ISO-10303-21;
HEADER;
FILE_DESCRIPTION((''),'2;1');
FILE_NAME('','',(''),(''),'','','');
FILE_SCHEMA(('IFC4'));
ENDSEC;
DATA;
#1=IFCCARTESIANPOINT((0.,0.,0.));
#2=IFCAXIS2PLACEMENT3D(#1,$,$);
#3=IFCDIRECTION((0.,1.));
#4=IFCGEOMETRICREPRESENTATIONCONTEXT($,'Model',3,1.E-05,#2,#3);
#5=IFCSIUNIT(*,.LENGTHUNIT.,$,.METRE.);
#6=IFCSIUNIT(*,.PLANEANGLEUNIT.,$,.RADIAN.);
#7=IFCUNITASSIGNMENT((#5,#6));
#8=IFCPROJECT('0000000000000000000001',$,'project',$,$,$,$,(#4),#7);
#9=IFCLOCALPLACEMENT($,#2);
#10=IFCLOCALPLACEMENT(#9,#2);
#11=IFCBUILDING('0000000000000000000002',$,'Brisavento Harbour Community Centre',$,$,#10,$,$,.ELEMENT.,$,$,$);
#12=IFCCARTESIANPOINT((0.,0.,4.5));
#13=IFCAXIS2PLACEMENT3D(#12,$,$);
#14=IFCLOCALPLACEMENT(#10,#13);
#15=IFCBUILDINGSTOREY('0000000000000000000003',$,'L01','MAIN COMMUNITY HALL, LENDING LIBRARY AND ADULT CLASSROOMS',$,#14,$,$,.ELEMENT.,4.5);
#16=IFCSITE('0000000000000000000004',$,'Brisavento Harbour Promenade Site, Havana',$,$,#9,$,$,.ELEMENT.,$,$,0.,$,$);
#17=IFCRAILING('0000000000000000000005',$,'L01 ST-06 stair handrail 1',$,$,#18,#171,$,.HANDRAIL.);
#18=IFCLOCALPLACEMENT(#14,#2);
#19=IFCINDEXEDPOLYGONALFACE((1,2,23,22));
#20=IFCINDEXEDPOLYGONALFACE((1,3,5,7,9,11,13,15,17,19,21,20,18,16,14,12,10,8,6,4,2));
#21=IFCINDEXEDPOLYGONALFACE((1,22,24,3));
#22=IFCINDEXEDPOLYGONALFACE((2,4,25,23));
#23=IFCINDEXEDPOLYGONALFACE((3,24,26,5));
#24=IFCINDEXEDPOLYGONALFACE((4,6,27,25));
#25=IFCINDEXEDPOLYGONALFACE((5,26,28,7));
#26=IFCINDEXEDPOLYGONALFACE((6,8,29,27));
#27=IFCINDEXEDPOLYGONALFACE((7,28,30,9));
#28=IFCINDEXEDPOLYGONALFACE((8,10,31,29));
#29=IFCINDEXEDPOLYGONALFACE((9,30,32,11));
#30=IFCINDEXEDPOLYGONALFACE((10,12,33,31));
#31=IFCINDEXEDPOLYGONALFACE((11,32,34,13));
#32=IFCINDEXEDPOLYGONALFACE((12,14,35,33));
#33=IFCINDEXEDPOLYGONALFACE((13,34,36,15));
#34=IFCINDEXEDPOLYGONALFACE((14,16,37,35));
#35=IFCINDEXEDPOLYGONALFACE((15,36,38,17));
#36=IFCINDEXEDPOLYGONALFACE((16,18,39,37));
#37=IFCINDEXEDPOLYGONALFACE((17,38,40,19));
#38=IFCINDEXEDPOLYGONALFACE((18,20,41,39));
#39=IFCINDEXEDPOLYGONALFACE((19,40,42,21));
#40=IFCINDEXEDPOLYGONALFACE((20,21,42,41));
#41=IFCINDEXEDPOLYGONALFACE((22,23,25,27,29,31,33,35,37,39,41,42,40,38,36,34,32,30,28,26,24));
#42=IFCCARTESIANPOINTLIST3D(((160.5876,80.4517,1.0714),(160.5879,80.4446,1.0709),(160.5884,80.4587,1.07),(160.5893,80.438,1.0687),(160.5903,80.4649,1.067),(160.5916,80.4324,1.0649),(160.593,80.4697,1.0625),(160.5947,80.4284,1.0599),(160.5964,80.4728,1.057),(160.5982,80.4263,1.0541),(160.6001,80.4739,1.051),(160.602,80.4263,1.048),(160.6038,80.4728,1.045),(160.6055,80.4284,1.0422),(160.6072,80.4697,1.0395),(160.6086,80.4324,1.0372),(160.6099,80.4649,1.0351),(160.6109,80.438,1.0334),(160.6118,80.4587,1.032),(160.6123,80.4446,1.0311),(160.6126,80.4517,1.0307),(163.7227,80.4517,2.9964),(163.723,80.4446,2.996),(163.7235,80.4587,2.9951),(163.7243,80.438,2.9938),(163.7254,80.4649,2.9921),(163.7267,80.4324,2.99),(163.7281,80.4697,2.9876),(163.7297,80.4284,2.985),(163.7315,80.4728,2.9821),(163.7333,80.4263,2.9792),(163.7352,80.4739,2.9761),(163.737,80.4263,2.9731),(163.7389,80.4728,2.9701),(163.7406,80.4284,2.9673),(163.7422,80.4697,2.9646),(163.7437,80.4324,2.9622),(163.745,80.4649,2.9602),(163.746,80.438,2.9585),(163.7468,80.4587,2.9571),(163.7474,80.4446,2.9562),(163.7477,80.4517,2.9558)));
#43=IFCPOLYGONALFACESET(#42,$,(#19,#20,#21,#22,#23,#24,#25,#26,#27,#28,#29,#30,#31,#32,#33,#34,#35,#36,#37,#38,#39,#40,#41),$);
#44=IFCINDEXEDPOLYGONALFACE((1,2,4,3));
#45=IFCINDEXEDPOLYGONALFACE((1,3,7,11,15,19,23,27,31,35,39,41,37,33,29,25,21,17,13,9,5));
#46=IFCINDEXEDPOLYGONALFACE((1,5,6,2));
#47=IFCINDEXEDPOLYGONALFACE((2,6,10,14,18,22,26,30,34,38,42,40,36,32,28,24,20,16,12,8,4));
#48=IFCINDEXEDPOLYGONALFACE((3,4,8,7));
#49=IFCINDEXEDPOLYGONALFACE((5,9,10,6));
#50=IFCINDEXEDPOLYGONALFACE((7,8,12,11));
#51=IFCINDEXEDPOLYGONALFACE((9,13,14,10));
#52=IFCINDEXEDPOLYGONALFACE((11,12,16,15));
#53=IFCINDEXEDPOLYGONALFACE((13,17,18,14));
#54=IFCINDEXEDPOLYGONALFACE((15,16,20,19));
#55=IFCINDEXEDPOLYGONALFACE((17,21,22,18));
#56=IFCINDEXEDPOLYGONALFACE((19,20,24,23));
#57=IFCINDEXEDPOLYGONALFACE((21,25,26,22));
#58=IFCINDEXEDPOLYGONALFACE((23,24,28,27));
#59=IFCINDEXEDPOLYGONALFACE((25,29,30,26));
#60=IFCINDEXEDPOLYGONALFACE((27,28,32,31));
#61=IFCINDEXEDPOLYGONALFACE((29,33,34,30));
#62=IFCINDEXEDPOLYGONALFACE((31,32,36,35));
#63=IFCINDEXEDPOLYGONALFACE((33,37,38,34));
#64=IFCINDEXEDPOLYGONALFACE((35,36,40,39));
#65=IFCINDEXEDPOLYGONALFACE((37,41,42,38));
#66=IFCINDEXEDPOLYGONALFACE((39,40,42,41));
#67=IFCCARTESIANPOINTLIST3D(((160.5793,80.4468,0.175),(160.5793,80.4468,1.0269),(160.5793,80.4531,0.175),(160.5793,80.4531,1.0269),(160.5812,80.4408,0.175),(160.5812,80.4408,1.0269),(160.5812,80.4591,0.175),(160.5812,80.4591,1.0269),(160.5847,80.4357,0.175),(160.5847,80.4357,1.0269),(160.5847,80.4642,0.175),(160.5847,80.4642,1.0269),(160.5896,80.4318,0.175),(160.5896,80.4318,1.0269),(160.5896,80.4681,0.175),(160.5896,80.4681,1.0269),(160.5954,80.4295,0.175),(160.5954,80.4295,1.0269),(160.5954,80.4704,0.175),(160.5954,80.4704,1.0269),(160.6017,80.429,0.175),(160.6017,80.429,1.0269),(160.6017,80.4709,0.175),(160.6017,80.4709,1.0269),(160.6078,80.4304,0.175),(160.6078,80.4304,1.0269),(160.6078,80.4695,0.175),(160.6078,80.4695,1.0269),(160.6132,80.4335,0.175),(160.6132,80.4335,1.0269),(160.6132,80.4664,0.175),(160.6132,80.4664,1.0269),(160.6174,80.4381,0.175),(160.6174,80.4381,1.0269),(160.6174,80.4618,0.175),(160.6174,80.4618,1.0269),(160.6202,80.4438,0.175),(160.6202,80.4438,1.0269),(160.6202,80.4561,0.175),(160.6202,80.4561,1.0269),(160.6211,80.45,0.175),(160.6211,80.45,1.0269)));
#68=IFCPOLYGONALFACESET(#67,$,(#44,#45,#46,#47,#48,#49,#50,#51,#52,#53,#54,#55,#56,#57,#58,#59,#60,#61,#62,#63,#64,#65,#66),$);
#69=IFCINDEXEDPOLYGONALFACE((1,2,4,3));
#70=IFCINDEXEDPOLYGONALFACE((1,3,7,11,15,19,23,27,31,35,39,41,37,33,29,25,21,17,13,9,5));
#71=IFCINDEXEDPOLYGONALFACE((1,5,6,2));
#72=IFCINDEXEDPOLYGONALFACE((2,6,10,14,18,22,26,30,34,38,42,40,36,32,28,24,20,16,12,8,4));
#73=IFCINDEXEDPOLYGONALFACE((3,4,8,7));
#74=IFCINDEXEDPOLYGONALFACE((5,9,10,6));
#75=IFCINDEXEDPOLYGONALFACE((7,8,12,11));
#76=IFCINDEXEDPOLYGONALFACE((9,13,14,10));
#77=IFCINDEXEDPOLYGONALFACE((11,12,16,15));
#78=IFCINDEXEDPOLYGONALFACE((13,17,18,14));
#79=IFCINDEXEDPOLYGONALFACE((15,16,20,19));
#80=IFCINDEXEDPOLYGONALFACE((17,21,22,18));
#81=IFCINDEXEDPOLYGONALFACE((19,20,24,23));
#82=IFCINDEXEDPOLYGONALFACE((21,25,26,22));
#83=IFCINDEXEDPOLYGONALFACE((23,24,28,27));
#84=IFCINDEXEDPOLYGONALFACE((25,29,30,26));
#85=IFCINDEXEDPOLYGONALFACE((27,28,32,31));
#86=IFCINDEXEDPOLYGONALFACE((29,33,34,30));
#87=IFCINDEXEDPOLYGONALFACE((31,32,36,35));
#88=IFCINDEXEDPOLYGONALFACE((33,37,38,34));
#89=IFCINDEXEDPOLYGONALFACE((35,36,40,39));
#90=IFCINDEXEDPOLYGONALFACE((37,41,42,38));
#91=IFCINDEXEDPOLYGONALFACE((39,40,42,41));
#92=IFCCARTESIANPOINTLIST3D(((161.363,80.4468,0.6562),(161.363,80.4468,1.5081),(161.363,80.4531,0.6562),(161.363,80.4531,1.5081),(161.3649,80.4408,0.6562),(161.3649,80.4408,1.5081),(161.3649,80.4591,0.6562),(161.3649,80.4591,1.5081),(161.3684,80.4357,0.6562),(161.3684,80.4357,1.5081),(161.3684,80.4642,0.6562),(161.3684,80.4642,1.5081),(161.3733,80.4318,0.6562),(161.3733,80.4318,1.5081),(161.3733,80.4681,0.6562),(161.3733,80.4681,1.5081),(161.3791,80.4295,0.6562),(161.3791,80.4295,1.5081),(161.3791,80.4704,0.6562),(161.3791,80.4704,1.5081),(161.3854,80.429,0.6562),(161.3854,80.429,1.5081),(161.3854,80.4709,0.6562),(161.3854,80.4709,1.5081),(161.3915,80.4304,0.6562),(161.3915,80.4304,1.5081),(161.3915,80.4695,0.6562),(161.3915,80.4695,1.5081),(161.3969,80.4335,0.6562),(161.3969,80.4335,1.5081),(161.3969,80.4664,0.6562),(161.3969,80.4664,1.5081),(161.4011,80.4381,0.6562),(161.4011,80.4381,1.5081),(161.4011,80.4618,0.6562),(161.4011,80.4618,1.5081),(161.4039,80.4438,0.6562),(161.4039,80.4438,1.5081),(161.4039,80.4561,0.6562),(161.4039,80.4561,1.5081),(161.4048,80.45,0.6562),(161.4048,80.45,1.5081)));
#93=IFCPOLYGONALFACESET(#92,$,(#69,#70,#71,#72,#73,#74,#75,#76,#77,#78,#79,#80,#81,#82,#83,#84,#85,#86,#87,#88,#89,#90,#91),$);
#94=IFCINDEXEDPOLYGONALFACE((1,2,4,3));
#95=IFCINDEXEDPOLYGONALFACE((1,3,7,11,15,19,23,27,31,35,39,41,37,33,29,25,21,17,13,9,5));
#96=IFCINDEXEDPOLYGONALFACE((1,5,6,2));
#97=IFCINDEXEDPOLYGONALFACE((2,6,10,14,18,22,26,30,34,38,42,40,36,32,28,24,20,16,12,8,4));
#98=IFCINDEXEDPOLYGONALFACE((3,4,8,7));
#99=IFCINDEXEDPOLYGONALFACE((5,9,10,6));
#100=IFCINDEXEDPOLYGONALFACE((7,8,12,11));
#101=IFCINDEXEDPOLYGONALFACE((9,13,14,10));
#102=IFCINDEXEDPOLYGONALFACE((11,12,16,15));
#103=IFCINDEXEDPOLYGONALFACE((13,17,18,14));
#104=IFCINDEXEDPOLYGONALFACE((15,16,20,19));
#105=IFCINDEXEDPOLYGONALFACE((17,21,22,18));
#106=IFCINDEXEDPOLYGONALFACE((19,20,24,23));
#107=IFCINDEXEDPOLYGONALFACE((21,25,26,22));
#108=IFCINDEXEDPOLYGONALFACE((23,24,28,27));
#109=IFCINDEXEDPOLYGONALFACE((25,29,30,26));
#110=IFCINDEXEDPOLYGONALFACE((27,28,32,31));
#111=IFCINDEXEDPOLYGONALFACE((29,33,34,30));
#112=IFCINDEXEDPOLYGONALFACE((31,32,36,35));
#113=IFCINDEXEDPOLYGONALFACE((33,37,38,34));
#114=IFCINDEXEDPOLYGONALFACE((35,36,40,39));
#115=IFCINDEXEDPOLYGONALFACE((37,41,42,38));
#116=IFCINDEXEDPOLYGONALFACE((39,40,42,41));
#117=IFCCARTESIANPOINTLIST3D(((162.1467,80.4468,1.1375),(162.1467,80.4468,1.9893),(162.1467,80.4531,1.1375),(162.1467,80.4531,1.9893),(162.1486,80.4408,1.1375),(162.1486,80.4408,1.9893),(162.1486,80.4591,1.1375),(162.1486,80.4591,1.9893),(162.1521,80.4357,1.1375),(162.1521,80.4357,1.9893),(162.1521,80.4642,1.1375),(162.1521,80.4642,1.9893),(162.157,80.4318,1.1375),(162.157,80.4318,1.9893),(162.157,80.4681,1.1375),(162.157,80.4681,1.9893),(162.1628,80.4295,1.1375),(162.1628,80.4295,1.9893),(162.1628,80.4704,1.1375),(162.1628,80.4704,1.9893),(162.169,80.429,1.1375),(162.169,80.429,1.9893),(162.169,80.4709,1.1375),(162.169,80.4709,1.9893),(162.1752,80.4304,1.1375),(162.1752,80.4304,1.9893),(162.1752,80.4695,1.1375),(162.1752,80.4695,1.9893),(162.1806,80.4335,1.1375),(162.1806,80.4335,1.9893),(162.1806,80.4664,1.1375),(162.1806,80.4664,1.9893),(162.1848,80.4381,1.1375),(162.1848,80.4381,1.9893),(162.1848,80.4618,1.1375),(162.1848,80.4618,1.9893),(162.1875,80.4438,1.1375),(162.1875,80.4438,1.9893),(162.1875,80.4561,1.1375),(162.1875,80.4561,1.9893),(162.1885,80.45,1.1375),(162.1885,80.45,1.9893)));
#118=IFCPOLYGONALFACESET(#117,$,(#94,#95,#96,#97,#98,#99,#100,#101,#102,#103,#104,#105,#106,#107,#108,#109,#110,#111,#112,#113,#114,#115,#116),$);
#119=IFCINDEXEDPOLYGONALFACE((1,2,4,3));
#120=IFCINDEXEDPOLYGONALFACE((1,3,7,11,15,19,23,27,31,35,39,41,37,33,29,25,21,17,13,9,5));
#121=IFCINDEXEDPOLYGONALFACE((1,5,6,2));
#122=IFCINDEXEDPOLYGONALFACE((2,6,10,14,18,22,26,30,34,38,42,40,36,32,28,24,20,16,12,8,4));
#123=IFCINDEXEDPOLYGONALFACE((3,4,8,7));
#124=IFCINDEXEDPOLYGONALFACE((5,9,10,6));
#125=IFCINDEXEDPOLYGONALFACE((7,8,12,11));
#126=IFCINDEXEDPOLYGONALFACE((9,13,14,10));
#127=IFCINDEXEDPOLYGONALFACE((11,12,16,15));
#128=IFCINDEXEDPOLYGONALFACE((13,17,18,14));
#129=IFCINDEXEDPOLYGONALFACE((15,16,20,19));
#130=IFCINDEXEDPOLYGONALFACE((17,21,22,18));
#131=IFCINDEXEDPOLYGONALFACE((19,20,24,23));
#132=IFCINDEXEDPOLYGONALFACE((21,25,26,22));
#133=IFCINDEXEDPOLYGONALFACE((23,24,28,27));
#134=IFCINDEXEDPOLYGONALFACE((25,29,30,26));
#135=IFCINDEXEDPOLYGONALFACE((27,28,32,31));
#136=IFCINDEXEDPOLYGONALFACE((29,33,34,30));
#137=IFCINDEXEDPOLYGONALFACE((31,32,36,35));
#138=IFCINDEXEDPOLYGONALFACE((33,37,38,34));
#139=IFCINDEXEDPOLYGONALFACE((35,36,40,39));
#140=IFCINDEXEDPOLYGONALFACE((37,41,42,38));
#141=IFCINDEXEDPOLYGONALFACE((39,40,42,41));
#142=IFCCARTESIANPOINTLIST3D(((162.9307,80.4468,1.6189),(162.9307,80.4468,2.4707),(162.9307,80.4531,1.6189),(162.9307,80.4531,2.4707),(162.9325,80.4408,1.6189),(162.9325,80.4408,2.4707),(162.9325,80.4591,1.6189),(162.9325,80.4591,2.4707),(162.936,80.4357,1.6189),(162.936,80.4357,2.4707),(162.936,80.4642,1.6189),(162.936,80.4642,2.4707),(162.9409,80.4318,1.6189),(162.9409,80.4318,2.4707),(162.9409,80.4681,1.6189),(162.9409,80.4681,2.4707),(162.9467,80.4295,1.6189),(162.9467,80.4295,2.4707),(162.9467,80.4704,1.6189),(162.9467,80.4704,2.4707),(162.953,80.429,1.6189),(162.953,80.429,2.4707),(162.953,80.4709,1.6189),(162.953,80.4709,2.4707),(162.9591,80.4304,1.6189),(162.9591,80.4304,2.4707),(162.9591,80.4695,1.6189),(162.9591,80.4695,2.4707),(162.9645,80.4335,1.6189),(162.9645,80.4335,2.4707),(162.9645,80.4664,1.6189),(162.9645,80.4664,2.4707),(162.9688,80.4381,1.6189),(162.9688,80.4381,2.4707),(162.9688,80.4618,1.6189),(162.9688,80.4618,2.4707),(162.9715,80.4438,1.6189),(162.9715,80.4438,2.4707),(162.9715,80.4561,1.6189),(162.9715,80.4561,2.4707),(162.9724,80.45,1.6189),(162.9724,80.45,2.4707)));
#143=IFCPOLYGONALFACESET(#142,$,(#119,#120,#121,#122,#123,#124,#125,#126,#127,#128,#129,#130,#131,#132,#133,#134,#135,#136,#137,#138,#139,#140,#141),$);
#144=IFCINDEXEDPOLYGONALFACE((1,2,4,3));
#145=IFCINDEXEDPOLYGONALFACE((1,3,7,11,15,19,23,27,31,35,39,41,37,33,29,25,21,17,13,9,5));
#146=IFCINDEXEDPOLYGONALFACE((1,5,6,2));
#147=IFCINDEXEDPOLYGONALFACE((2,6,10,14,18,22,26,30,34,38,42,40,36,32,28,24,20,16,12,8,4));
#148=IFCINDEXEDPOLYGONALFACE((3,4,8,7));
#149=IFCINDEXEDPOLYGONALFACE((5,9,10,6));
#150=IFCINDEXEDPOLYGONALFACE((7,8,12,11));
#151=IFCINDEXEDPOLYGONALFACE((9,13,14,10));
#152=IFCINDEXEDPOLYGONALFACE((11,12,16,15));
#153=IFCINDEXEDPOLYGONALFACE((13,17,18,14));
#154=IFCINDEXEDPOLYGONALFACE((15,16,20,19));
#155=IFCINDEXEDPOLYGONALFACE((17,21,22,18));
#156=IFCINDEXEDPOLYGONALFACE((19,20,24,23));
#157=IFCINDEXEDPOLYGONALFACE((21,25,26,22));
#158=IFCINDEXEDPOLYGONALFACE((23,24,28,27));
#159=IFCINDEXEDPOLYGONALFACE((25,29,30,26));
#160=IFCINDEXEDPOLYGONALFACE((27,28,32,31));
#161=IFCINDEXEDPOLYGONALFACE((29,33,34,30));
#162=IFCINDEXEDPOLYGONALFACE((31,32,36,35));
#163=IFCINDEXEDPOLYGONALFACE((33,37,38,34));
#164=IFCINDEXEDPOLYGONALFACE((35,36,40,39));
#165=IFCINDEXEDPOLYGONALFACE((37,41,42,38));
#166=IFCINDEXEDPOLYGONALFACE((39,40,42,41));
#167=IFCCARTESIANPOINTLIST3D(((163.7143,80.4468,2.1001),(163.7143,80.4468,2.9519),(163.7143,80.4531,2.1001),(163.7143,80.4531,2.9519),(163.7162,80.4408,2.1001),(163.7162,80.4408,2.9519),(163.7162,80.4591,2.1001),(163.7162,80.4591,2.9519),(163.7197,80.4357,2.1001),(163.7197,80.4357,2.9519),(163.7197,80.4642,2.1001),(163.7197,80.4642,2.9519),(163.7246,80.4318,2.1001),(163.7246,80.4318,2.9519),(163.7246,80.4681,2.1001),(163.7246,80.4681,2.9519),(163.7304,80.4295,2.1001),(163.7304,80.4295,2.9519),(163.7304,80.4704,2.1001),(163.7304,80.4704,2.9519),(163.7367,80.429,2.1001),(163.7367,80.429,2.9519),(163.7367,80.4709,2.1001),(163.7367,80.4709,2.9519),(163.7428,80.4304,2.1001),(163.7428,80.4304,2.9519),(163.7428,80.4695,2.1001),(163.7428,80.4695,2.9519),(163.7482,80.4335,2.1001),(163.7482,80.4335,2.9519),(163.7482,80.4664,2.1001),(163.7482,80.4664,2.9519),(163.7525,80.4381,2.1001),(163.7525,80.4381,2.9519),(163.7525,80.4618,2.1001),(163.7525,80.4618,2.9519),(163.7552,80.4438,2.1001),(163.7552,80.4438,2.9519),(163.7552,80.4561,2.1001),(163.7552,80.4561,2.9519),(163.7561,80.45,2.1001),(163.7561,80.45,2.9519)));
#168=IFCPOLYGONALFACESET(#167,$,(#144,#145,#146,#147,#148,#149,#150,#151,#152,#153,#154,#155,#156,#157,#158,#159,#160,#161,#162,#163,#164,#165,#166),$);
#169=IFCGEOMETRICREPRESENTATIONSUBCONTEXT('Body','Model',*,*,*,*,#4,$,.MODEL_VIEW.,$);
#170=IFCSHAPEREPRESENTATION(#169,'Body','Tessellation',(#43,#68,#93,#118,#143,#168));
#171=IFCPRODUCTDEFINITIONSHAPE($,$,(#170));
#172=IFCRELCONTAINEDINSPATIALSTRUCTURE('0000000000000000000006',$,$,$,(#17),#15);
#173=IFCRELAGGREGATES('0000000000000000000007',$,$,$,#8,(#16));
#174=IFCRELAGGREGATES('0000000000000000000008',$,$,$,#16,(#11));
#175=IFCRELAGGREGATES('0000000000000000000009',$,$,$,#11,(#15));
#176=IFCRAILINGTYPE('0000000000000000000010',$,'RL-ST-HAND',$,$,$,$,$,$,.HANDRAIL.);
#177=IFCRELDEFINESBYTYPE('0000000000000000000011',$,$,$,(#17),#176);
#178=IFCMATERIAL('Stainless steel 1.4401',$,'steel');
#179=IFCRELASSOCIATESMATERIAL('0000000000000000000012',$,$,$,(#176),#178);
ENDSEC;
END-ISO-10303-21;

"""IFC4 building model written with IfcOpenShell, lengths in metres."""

from ifc_helpers import new_model, si_unit, direction, frame, origin, origin_2d, place, context, subcontext, project, spatial, circle, extrude, material, type_object, element, save


model = new_model("IFC4")

# Units and contexts
model_context = context("Model", 3, precision=1e-05, world=origin(), true_north=direction((0.0, 1.0)))
body_context = subcontext(model_context, "Body", "Model", "MODEL_VIEW")
ifc_project = project(units=[si_unit("LENGTHUNIT", "METRE"), si_unit("PLANEANGLEUNIT", "RADIAN")], contexts=[model_context])

# Site, building, storey
site_placement = place(None, origin())
site = spatial("IfcSite", under=ifc_project, at=site_placement, Name="Brisavento Harbour Promenade Site, Havana", CompositionType="ELEMENT", RefElevation=0.0)
building_placement = place(site_placement, origin())
building = spatial("IfcBuilding", under=site, at=building_placement, Name="Brisavento Harbour Community Centre", CompositionType="ELEMENT")
storey_placement = place(building_placement, frame((0.0, 0.0, 4.5)))
storey = spatial("IfcBuildingStorey", under=building, at=storey_placement, Name="L01", Description="MAIN COMMUNITY HALL, LENDING LIBRARY AND ADULT CLASSROOMS", CompositionType="ELEMENT", Elevation=4.5)

# Railing
ifc_material_1 = material(Name="Stainless steel 1.4401", Category="steel")
railing_type_1 = type_object("IfcRailingType", Name="RL-ST-HAND", PredefinedType="HANDRAIL", material=ifc_material_1)
railing_1_placement = place(storey_placement, frame((160.6001, 80.45, 0.175)))
element("IfcRailing", 1, at=railing_1_placement, inside=storey, type_object=railing_type_1, Name="L01 ST-06 stair handrail 1", PredefinedType="HANDRAIL", context=body_context, shape_type="SweptSolid", body=[
    extrude(circle(Radius=0.0239, at=origin_2d()), frame((0.0, 0.0, 0.876), z_axis=(0.852166, 0.0, 0.523271), x_axis=(0.0, 1.0, 0.0)), (0.0, 0.0, 1.0), 3.679),
    extrude(circle(Radius=0.021, at=origin_2d()), origin(), (0.0, 0.0, 1.0), 0.8518),
    extrude(circle(Radius=0.021, at=origin_2d()), frame((0.7837, 0.0, 0.4812)), (0.0, 0.0, 1.0), 0.8518),
    extrude(circle(Radius=0.021, at=origin_2d()), frame((1.5674, 0.0, 0.9624)), (0.0, 0.0, 1.0), 0.8518),
    extrude(circle(Radius=0.021, at=origin_2d()), frame((2.3513, 0.0, 1.4438)), (0.0, 0.0, 1.0), 0.8518),
    extrude(circle(Radius=0.021, at=origin_2d()), frame((3.135, 0.0, 1.925)), (0.0, 0.0, 1.0), 0.8518),
])

save(model, "model.ifc")
